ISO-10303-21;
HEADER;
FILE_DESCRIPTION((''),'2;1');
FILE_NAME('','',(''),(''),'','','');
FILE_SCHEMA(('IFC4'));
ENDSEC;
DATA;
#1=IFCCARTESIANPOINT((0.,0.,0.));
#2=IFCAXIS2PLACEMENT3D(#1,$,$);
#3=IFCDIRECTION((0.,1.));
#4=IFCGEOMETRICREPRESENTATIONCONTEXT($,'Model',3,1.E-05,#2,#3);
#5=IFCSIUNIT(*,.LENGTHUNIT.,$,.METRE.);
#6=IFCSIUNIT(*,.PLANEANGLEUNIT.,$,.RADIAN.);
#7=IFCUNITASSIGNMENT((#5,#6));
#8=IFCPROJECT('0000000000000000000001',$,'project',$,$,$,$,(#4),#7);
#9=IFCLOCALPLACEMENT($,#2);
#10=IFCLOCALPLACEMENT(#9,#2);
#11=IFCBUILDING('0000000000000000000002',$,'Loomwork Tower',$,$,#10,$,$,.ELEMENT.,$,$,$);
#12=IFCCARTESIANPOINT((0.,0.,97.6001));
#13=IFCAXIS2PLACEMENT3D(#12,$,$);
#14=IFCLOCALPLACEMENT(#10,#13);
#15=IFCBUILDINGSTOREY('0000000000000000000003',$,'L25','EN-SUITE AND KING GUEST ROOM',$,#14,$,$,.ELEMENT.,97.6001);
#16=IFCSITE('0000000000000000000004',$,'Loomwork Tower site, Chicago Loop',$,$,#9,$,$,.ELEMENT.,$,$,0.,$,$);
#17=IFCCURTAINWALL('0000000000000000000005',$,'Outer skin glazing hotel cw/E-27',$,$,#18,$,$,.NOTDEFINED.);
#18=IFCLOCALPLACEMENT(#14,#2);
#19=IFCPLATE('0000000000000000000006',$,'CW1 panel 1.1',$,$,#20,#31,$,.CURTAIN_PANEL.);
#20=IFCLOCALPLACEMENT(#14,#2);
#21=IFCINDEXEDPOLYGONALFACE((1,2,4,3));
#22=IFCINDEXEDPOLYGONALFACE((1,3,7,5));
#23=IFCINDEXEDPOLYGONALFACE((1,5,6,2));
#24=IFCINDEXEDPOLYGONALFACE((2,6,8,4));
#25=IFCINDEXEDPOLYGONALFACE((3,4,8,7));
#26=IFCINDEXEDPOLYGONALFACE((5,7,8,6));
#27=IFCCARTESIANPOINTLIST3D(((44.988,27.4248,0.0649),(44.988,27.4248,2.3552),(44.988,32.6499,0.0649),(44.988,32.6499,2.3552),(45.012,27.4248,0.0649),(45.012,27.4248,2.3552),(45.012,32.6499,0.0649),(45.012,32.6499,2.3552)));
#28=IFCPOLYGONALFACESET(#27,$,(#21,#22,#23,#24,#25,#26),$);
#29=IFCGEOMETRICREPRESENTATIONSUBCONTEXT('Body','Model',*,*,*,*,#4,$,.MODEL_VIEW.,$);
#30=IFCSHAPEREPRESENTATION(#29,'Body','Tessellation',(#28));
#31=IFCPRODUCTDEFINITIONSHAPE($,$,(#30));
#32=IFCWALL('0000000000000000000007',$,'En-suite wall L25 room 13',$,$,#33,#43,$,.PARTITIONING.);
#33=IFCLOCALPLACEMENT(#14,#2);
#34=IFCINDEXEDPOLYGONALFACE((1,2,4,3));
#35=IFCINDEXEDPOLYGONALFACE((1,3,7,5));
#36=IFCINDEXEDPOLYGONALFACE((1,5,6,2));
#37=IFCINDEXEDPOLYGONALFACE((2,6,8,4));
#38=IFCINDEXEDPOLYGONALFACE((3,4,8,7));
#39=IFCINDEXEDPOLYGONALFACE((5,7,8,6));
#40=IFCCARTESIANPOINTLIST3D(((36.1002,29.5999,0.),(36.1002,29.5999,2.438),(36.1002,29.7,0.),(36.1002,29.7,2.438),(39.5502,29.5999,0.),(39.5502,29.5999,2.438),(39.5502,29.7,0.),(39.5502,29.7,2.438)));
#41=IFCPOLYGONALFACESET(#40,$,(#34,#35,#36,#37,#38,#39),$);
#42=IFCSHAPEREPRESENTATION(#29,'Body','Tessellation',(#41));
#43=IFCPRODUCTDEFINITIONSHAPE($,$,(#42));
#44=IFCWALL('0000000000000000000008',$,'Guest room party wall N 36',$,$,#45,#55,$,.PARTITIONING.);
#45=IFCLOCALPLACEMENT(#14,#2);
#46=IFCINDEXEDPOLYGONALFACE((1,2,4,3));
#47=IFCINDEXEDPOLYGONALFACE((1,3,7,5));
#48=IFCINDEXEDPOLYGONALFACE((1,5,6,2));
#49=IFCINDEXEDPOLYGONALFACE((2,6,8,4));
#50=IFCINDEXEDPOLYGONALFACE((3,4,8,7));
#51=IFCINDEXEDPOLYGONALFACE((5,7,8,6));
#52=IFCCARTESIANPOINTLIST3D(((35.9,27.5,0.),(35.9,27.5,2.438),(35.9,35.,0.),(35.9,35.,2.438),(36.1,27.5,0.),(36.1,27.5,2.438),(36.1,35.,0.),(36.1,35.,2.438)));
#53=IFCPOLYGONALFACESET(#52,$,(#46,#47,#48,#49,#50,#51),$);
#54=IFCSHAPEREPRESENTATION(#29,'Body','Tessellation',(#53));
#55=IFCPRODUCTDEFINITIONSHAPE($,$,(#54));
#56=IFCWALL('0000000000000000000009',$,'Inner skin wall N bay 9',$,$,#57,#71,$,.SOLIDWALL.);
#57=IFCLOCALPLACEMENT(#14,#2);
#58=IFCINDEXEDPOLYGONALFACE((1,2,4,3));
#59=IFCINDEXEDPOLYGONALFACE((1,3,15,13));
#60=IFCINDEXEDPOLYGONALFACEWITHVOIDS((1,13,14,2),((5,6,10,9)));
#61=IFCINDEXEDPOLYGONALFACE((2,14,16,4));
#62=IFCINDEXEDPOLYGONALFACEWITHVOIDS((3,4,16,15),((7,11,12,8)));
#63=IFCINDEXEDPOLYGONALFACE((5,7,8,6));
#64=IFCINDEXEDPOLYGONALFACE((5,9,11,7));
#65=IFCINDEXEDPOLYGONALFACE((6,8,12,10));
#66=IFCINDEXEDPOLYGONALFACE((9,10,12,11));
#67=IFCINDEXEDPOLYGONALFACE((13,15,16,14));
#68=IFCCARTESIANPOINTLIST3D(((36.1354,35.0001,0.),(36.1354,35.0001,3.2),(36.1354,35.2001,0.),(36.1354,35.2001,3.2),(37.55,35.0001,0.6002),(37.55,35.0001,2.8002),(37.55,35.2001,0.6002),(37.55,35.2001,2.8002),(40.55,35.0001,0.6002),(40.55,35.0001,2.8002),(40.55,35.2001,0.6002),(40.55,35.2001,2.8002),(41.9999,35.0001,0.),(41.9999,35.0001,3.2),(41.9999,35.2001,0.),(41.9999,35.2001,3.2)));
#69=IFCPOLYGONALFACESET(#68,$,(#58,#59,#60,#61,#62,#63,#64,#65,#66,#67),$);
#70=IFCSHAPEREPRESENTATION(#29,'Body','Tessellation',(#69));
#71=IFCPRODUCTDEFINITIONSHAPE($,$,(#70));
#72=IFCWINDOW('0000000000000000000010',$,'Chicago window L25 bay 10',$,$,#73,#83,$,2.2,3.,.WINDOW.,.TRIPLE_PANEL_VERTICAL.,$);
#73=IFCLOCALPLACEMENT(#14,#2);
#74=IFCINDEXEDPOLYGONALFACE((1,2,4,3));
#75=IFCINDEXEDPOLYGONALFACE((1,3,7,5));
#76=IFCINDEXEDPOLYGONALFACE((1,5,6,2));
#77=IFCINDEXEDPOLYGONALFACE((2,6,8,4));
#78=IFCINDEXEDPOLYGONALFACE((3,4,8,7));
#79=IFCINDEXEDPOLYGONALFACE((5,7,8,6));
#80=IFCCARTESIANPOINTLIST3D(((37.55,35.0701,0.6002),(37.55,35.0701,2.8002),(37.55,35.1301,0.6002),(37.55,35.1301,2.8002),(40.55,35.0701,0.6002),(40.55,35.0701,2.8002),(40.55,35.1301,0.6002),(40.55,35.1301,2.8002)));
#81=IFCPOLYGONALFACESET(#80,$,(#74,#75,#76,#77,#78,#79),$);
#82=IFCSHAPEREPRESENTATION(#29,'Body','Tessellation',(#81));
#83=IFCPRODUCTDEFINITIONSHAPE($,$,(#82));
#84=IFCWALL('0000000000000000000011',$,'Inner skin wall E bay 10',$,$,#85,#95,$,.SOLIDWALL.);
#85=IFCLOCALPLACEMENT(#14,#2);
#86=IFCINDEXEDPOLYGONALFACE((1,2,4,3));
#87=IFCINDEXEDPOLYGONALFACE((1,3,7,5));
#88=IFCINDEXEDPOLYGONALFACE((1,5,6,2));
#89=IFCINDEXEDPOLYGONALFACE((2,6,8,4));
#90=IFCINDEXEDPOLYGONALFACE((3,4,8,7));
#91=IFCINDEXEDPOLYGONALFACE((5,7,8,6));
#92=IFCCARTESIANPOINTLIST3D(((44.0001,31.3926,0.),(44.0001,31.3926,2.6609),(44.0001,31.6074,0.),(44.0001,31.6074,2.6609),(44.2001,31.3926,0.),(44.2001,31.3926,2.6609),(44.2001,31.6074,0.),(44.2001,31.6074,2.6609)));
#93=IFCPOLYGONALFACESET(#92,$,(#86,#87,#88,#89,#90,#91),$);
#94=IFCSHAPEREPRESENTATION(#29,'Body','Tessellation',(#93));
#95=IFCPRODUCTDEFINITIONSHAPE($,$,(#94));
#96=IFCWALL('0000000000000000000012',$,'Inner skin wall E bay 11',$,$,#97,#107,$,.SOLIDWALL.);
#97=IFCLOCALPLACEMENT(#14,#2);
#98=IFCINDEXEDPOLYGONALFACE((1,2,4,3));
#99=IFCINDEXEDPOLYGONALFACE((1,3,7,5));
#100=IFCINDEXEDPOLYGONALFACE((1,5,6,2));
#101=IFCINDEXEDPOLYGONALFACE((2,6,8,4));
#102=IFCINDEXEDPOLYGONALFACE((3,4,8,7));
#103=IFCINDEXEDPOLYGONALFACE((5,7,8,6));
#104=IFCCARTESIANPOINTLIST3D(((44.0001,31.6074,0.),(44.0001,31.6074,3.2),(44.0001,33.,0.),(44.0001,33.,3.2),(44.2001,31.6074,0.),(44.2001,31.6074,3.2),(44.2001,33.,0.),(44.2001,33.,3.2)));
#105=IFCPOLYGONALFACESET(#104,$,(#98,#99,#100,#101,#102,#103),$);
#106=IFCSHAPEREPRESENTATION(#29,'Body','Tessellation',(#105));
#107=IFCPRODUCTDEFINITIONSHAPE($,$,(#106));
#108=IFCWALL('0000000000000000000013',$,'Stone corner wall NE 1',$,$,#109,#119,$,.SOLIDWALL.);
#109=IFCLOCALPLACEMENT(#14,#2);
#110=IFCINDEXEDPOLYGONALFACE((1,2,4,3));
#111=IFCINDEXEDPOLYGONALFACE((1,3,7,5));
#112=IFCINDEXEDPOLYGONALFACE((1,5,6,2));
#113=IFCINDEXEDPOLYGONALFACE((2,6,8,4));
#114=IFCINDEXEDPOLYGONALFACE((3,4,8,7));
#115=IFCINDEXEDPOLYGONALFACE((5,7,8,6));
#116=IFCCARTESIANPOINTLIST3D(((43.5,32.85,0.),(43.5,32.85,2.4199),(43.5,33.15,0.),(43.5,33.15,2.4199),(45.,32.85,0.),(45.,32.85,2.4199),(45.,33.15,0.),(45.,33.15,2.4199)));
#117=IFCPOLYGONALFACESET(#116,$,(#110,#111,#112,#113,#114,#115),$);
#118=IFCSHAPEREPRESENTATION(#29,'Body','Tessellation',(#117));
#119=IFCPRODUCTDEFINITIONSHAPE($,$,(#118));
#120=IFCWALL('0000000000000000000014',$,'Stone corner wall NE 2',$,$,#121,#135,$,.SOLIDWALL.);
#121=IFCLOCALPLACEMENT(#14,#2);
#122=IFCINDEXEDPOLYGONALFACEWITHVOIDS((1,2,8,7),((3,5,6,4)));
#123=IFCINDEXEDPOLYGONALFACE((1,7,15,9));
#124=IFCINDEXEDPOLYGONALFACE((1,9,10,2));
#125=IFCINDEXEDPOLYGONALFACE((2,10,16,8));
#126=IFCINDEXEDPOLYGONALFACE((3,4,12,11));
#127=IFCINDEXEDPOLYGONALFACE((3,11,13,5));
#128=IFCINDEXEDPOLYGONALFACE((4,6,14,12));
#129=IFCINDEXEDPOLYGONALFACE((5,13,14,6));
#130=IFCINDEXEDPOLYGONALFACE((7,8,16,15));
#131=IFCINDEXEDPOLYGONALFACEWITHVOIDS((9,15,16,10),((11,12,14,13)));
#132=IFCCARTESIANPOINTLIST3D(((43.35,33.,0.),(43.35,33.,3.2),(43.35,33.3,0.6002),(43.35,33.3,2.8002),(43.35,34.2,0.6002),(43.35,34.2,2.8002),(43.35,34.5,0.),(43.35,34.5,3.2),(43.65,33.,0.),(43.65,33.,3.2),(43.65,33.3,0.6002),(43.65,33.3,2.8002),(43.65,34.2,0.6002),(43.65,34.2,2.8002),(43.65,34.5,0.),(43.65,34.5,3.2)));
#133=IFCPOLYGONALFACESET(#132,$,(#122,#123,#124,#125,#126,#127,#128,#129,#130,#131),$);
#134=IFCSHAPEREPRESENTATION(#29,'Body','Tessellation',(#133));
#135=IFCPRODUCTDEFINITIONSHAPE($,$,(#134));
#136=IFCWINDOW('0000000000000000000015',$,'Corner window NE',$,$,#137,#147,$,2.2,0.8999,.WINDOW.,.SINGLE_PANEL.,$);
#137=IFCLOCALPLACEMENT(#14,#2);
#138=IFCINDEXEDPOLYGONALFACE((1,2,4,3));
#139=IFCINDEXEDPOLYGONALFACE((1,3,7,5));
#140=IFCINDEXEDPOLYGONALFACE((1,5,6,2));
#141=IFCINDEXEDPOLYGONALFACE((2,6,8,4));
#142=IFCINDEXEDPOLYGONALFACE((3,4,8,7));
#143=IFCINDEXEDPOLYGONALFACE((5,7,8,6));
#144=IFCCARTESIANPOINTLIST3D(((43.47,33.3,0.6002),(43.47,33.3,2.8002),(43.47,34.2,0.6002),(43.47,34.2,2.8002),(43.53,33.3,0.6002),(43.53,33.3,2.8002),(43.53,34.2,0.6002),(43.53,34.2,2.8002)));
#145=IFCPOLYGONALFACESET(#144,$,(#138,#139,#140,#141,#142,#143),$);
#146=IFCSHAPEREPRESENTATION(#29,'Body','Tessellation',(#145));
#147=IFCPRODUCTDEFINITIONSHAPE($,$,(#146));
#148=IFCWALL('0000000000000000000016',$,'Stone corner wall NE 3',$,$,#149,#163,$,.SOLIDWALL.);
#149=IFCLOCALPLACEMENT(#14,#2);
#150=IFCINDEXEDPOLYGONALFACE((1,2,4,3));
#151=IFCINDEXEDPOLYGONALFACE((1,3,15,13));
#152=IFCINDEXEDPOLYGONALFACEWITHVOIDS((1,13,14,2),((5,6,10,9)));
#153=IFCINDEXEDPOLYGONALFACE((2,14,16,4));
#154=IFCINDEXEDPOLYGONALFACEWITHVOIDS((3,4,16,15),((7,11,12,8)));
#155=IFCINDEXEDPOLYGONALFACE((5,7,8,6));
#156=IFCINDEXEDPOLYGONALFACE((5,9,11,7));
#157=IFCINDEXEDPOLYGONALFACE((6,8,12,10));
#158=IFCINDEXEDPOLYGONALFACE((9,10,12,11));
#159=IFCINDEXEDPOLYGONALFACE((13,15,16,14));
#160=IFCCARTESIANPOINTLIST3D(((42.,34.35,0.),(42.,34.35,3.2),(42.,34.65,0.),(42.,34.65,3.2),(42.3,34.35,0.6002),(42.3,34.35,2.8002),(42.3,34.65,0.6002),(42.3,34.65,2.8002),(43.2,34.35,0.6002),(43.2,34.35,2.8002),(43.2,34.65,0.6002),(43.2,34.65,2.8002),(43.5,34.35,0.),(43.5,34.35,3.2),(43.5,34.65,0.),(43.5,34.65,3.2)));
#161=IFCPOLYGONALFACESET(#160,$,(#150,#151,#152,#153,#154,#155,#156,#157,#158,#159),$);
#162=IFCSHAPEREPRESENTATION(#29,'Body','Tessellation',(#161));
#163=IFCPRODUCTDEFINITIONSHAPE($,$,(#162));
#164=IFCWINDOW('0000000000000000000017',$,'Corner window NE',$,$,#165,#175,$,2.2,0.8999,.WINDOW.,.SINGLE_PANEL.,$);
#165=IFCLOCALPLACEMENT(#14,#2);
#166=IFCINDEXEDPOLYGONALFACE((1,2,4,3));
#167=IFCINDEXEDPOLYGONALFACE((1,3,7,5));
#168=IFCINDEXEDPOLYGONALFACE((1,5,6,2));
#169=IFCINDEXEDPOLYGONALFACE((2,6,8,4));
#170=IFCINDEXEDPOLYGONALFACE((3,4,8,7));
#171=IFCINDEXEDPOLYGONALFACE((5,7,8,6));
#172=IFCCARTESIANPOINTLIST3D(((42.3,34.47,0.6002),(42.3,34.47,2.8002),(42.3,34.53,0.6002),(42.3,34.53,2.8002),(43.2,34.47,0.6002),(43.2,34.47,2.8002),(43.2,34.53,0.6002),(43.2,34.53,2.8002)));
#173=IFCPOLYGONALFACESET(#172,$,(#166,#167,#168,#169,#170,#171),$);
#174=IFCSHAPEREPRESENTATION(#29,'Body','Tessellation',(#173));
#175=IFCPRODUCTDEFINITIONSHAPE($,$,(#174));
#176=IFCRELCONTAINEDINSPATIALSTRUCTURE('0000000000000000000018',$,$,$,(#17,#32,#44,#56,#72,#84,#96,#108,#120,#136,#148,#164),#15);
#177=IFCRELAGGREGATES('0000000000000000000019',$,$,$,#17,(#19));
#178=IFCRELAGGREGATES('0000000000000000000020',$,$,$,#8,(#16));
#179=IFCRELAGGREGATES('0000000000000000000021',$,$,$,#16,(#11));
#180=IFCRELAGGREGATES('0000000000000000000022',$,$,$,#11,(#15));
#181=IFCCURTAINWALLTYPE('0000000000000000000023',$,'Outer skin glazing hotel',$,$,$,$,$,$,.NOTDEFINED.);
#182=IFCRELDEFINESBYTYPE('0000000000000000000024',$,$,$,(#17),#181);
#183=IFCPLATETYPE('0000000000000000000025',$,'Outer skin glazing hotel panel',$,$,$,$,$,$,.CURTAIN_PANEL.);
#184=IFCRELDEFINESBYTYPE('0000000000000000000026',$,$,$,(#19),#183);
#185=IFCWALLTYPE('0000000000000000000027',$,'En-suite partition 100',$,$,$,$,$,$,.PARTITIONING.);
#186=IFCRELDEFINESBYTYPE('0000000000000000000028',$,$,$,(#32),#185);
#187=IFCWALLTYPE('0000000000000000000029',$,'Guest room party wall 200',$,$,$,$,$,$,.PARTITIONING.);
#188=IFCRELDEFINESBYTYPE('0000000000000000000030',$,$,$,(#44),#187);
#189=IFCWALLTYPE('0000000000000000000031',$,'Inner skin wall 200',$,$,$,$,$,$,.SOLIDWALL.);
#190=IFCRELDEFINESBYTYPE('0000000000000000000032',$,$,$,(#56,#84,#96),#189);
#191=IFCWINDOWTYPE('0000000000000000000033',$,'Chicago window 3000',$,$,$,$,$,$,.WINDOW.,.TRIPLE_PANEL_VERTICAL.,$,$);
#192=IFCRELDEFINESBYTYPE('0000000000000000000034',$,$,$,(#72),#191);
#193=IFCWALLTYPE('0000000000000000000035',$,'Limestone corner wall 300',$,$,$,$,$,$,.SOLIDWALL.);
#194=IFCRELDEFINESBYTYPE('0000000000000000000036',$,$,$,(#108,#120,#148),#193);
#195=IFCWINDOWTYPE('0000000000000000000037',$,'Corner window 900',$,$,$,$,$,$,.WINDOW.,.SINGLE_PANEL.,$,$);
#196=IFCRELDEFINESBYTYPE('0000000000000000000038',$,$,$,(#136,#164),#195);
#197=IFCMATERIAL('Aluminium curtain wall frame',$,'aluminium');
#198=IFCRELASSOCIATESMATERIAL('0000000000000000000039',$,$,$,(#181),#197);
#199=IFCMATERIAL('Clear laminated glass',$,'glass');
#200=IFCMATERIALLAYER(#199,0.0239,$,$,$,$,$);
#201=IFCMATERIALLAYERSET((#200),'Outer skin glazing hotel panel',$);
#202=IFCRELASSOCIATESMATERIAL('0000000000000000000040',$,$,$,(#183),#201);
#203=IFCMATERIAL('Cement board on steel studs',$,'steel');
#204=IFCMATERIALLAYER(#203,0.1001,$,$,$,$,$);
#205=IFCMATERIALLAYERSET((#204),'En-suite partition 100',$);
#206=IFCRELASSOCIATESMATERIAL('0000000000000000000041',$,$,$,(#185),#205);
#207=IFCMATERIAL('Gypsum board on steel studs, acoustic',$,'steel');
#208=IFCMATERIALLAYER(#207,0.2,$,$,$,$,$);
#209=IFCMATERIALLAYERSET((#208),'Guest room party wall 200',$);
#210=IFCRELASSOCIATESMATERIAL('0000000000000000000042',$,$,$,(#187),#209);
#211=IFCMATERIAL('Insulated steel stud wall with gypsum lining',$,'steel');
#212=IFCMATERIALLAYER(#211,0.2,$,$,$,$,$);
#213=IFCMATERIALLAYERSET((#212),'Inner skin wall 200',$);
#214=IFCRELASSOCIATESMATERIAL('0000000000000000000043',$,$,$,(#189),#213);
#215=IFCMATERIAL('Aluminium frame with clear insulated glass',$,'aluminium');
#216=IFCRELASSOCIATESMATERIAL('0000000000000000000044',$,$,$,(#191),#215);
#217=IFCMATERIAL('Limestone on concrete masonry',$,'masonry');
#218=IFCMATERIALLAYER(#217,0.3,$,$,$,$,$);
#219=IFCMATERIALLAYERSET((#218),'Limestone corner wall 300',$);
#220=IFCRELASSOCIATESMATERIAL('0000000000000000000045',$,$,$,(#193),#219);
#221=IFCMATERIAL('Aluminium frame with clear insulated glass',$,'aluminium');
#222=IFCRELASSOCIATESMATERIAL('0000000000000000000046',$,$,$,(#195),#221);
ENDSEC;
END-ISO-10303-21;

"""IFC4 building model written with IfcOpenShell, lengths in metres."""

from ifc_helpers import new_model, si_unit, direction, frame, frame_2d, origin, origin_2d, place, context, subcontext, project, spatial, rectangle, extrude, material, layer, layer_set, type_object, element, fill, aggregate, save


model = new_model("IFC4")

# Units and contexts
model_context = context("Model", 3, precision=1e-05, world=origin(), true_north=direction((0.0, 1.0)))
body_context = subcontext(model_context, "Body", "Model", "MODEL_VIEW")
ifc_project = project(units=[si_unit("LENGTHUNIT", "METRE"), si_unit("PLANEANGLEUNIT", "RADIAN")], contexts=[model_context])

# Site, building, storey
site_placement = place(None, origin())
site = spatial("IfcSite", under=ifc_project, at=site_placement, Name="Loomwork Tower site, Chicago Loop", CompositionType="ELEMENT", RefElevation=0.0)
building_placement = place(site_placement, origin())
building = spatial("IfcBuilding", under=site, at=building_placement, Name="Loomwork Tower", CompositionType="ELEMENT")
storey_placement = place(building_placement, frame((0.0, 0.0, 97.6001)))
storey = spatial("IfcBuildingStorey", under=building, at=storey_placement, Name="L25", Description="EN-SUITE AND KING GUEST ROOM", CompositionType="ELEMENT", Elevation=97.6001)

# Shared definitions
ifc_material_1 = material(Name="Aluminium curtain wall frame", Category="aluminium")
curtain_wall_type = type_object("IfcCurtainWallType", Name="Outer skin glazing hotel", PredefinedType="NOTDEFINED", material=ifc_material_1)

# Curtain wall
curtain_wall_1_placement = place(storey_placement, origin())
curtain_wall_1 = element("IfcCurtainWall", 1, at=curtain_wall_1_placement, inside=storey, type_object=curtain_wall_type, Name="Outer skin glazing hotel cw/E-27", PredefinedType="NOTDEFINED")

# Plate
ifc_material_2 = material(Name="Clear laminated glass", Category="glass")
ifc_layer_1 = layer(ifc_material_2, 0.0239)
ifc_layer_set_1 = layer_set([ifc_layer_1], Name="Outer skin glazing hotel panel")
plate_type = type_object("IfcPlateType", Name="Outer skin glazing hotel panel", PredefinedType="CURTAIN_PANEL", material=ifc_layer_set_1)
plate_1_placement = place(storey_placement, frame((45.0, 30.0374, 0.0649), z_axis=(0.0, 0.0, 1.0), x_axis=(0.0, 1.0, 0.0)))
plate_1 = element("IfcPlate", 2, at=plate_1_placement, type_object=plate_type, Name="CW1 panel 1.1", PredefinedType="CURTAIN_PANEL", context=body_context, shape_type="SweptSolid", body=[
    extrude(rectangle(XDim=5.2251, YDim=0.0239, at=origin_2d()), origin(), (0.0, 0.0, 1.0), 2.2903),
])
aggregate(curtain_wall_1, [plate_1])

# Walls
ifc_material_3 = material(Name="Cement board on steel studs", Category="steel")
ifc_layer_2 = layer(ifc_material_3, 0.1001)
ifc_layer_set_2 = layer_set([ifc_layer_2], Name="En-suite partition 100")
wall_type_1 = type_object("IfcWallType", Name="En-suite partition 100", PredefinedType="PARTITIONING", material=ifc_layer_set_2)
wall_1_placement = place(storey_placement, frame((36.1001, 29.6499, 0.0), z_axis=(0.0, 0.0, 1.0), x_axis=(1.0, 0.0, 0.0)))
element("IfcWall", 3, at=wall_1_placement, inside=storey, type_object=wall_type_1, Name="En-suite wall L25 room 13", PredefinedType="PARTITIONING", context=body_context, shape_type="SweptSolid", body=[
    extrude(rectangle(XDim=3.45, YDim=0.1001, at=frame_2d((1.7251, 0.0))), origin(), (0.0, 0.0, 1.0), 2.438),
])
ifc_material_4 = material(Name="Gypsum board on steel studs, acoustic", Category="steel")
ifc_layer_3 = layer(ifc_material_4, 0.2)
ifc_layer_set_3 = layer_set([ifc_layer_3], Name="Guest room party wall 200")
wall_type_2 = type_object("IfcWallType", Name="Guest room party wall 200", PredefinedType="PARTITIONING", material=ifc_layer_set_3)
wall_2_placement = place(storey_placement, frame((36.0, 27.5, 0.0), z_axis=(0.0, 0.0, 1.0), x_axis=(0.0, 1.0, 0.0)))
element("IfcWall", 4, at=wall_2_placement, inside=storey, type_object=wall_type_2, Name="Guest room party wall N 36", PredefinedType="PARTITIONING", context=body_context, shape_type="SweptSolid", body=[
    extrude(rectangle(XDim=7.5, YDim=0.2, at=frame_2d((3.75, 0.0))), origin(), (0.0, 0.0, 1.0), 2.438),
])

# Wall, opening, window
ifc_material_5 = material(Name="Insulated steel stud wall with gypsum lining", Category="steel")
ifc_layer_4 = layer(ifc_material_5, 0.2)
ifc_layer_set_4 = layer_set([ifc_layer_4], Name="Inner skin wall 200")
wall_type_3 = type_object("IfcWallType", Name="Inner skin wall 200", PredefinedType="SOLIDWALL", material=ifc_layer_set_4)
wall_3_placement = place(storey_placement, frame((36.1355, 35.1001, 0.0), z_axis=(0.0, 0.0, 1.0), x_axis=(1.0, 0.0, 0.0)))
wall_3 = element("IfcWall", 5, at=wall_3_placement, inside=storey, type_object=wall_type_3, Name="Inner skin wall N bay 9", PredefinedType="SOLIDWALL", context=body_context, shape_type="SweptSolid", body=[
    extrude(rectangle(XDim=5.8645, YDim=0.2, at=frame_2d((2.9321, 0.0))), origin(), (0.0, 0.0, 1.0), 3.2),
])
opening_1_placement = place(wall_3_placement, frame((1.4146, 0.0, 0.6001)))
opening_1 = element("IfcOpeningElement", 6, at=opening_1_placement, cuts=wall_3, PredefinedType="OPENING", context=body_context, shape_type="SweptSolid", body=[
    extrude(rectangle(XDim=3.0, YDim=2.2, at=frame_2d((1.5, 1.1001))), frame((0.0, 0.1099, 0.0), z_axis=(0.0, -1.0, 0.0), x_axis=(1.0, 0.0, 0.0)), (0.0, 0.0, 1.0), 0.22),
])
ifc_material_6 = material(Name="Aluminium frame with clear insulated glass", Category="aluminium")
window_type_1 = type_object("IfcWindowType", Name="Chicago window 3000", PartitioningType="TRIPLE_PANEL_VERTICAL", PredefinedType="WINDOW", material=ifc_material_6)
window_1_placement = place(opening_1_placement, origin())
window_1 = element("IfcWindow", 7, at=window_1_placement, inside=storey, type_object=window_type_1, Name="Chicago window L25 bay 10", OverallHeight=2.2, OverallWidth=3.0, PartitioningType="TRIPLE_PANEL_VERTICAL", PredefinedType="WINDOW", context=body_context, shape_type="SweptSolid", body=[
    extrude(rectangle(XDim=3.0, YDim=2.2, at=frame_2d((1.5, 1.1001))), frame((0.0, 0.03, 0.0), z_axis=(0.0, -1.0, 0.0), x_axis=(1.0, 0.0, 0.0)), (0.0, 0.0, 1.0), 0.0601),
])
fill(opening_1, window_1)

# Walls
wall_4_placement = place(storey_placement, frame((44.1001, 31.3926, 0.0), z_axis=(0.0, 0.0, 1.0), x_axis=(0.0, 1.0, 0.0)))
element("IfcWall", 8, at=wall_4_placement, inside=storey, type_object=wall_type_3, Name="Inner skin wall E bay 10", PredefinedType="SOLIDWALL", context=body_context, shape_type="SweptSolid", body=[
    extrude(rectangle(XDim=0.2148, YDim=0.2, at=frame_2d((0.1074, 0.0))), origin(), (0.0, 0.0, 1.0), 2.6609),
])
wall_5_placement = place(storey_placement, frame((44.1001, 31.6074, 0.0), z_axis=(0.0, 0.0, 1.0), x_axis=(0.0, 1.0, 0.0)))
element("IfcWall", 9, at=wall_5_placement, inside=storey, type_object=wall_type_3, Name="Inner skin wall E bay 11", PredefinedType="SOLIDWALL", context=body_context, shape_type="SweptSolid", body=[
    extrude(rectangle(XDim=1.3926, YDim=0.2, at=frame_2d((0.6963, 0.0))), origin(), (0.0, 0.0, 1.0), 3.2),
])
ifc_material_7 = material(Name="Limestone on concrete masonry", Category="masonry")
ifc_layer_5 = layer(ifc_material_7, 0.3)
ifc_layer_set_5 = layer_set([ifc_layer_5], Name="Limestone corner wall 300")
wall_type_4 = type_object("IfcWallType", Name="Limestone corner wall 300", PredefinedType="SOLIDWALL", material=ifc_layer_set_5)
wall_6_placement = place(storey_placement, frame((45.0, 33.0, 0.0), z_axis=(0.0, 0.0, 1.0), x_axis=(-1.0, 0.0, 0.0)))
element("IfcWall", 10, at=wall_6_placement, inside=storey, type_object=wall_type_4, Name="Stone corner wall NE 1", PredefinedType="SOLIDWALL", context=body_context, shape_type="SweptSolid", body=[
    extrude(rectangle(XDim=1.5, YDim=0.3, at=frame_2d((0.75, 0.0))), origin(), (0.0, 0.0, 1.0), 2.4199),
])

# Walls, openings, windows
wall_7_placement = place(storey_placement, frame((43.5, 33.0, 0.0), z_axis=(0.0, 0.0, 1.0), x_axis=(0.0, 1.0, 0.0)))
wall_7 = element("IfcWall", 11, at=wall_7_placement, inside=storey, type_object=wall_type_4, Name="Stone corner wall NE 2", PredefinedType="SOLIDWALL", context=body_context, shape_type="SweptSolid", body=[
    extrude(rectangle(XDim=1.5, YDim=0.3, at=frame_2d((0.75, 0.0))), origin(), (0.0, 0.0, 1.0), 3.2),
])
opening_2_placement = place(wall_7_placement, frame((0.3, 0.0, 0.6001)))
opening_2 = element("IfcOpeningElement", 12, at=opening_2_placement, cuts=wall_7, PredefinedType="OPENING", context=body_context, shape_type="SweptSolid", body=[
    extrude(rectangle(XDim=0.8999, YDim=2.2, at=frame_2d((0.45, 1.1001))), frame((0.0, 0.1599, 0.0), z_axis=(0.0, -1.0, 0.0), x_axis=(1.0, 0.0, 0.0)), (0.0, 0.0, 1.0), 0.3201),
])
ifc_material_8 = material(Name="Aluminium frame with clear insulated glass", Category="aluminium")
window_type_2 = type_object("IfcWindowType", Name="Corner window 900", PartitioningType="SINGLE_PANEL", PredefinedType="WINDOW", material=ifc_material_8)
window_2_placement = place(opening_2_placement, origin())
window_2 = element("IfcWindow", 13, at=window_2_placement, inside=storey, type_object=window_type_2, Name="Corner window NE", OverallHeight=2.2, OverallWidth=0.8999, PartitioningType="SINGLE_PANEL", PredefinedType="WINDOW", context=body_context, shape_type="SweptSolid", body=[
    extrude(rectangle(XDim=0.8999, YDim=2.2, at=frame_2d((0.45, 1.1001))), frame((0.0, 0.03, 0.0), z_axis=(0.0, -1.0, 0.0), x_axis=(1.0, 0.0, 0.0)), (0.0, 0.0, 1.0), 0.0601),
])
fill(opening_2, window_2)
wall_8_placement = place(storey_placement, frame((43.5, 34.5, 0.0), z_axis=(0.0, 0.0, 1.0), x_axis=(-1.0, 0.0, 0.0)))
wall_8 = element("IfcWall", 14, at=wall_8_placement, inside=storey, type_object=wall_type_4, Name="Stone corner wall NE 3", PredefinedType="SOLIDWALL", context=body_context, shape_type="SweptSolid", body=[
    extrude(rectangle(XDim=1.5, YDim=0.3, at=frame_2d((0.75, 0.0))), origin(), (0.0, 0.0, 1.0), 3.2),
])
opening_3_placement = place(wall_8_placement, frame((0.3, 0.0, 0.6001)))
opening_3 = element("IfcOpeningElement", 15, at=opening_3_placement, cuts=wall_8, PredefinedType="OPENING", context=body_context, shape_type="SweptSolid", body=[
    extrude(rectangle(XDim=0.8999, YDim=2.2, at=frame_2d((0.45, 1.1001))), frame((0.0, 0.1599, 0.0), z_axis=(0.0, -1.0, 0.0), x_axis=(1.0, 0.0, 0.0)), (0.0, 0.0, 1.0), 0.3201),
])
window_3_placement = place(opening_3_placement, origin())
window_3 = element("IfcWindow", 16, at=window_3_placement, inside=storey, type_object=window_type_2, Name="Corner window NE", OverallHeight=2.2, OverallWidth=0.8999, PartitioningType="SINGLE_PANEL", PredefinedType="WINDOW", context=body_context, shape_type="SweptSolid", body=[
    extrude(rectangle(XDim=0.8999, YDim=2.2, at=frame_2d((0.45, 1.1001))), frame((0.0, 0.03, 0.0), z_axis=(0.0, -1.0, 0.0), x_axis=(1.0, 0.0, 0.0)), (0.0, 0.0, 1.0), 0.0601),
])
fill(opening_3, window_3)

save(model, "model.ifc")
